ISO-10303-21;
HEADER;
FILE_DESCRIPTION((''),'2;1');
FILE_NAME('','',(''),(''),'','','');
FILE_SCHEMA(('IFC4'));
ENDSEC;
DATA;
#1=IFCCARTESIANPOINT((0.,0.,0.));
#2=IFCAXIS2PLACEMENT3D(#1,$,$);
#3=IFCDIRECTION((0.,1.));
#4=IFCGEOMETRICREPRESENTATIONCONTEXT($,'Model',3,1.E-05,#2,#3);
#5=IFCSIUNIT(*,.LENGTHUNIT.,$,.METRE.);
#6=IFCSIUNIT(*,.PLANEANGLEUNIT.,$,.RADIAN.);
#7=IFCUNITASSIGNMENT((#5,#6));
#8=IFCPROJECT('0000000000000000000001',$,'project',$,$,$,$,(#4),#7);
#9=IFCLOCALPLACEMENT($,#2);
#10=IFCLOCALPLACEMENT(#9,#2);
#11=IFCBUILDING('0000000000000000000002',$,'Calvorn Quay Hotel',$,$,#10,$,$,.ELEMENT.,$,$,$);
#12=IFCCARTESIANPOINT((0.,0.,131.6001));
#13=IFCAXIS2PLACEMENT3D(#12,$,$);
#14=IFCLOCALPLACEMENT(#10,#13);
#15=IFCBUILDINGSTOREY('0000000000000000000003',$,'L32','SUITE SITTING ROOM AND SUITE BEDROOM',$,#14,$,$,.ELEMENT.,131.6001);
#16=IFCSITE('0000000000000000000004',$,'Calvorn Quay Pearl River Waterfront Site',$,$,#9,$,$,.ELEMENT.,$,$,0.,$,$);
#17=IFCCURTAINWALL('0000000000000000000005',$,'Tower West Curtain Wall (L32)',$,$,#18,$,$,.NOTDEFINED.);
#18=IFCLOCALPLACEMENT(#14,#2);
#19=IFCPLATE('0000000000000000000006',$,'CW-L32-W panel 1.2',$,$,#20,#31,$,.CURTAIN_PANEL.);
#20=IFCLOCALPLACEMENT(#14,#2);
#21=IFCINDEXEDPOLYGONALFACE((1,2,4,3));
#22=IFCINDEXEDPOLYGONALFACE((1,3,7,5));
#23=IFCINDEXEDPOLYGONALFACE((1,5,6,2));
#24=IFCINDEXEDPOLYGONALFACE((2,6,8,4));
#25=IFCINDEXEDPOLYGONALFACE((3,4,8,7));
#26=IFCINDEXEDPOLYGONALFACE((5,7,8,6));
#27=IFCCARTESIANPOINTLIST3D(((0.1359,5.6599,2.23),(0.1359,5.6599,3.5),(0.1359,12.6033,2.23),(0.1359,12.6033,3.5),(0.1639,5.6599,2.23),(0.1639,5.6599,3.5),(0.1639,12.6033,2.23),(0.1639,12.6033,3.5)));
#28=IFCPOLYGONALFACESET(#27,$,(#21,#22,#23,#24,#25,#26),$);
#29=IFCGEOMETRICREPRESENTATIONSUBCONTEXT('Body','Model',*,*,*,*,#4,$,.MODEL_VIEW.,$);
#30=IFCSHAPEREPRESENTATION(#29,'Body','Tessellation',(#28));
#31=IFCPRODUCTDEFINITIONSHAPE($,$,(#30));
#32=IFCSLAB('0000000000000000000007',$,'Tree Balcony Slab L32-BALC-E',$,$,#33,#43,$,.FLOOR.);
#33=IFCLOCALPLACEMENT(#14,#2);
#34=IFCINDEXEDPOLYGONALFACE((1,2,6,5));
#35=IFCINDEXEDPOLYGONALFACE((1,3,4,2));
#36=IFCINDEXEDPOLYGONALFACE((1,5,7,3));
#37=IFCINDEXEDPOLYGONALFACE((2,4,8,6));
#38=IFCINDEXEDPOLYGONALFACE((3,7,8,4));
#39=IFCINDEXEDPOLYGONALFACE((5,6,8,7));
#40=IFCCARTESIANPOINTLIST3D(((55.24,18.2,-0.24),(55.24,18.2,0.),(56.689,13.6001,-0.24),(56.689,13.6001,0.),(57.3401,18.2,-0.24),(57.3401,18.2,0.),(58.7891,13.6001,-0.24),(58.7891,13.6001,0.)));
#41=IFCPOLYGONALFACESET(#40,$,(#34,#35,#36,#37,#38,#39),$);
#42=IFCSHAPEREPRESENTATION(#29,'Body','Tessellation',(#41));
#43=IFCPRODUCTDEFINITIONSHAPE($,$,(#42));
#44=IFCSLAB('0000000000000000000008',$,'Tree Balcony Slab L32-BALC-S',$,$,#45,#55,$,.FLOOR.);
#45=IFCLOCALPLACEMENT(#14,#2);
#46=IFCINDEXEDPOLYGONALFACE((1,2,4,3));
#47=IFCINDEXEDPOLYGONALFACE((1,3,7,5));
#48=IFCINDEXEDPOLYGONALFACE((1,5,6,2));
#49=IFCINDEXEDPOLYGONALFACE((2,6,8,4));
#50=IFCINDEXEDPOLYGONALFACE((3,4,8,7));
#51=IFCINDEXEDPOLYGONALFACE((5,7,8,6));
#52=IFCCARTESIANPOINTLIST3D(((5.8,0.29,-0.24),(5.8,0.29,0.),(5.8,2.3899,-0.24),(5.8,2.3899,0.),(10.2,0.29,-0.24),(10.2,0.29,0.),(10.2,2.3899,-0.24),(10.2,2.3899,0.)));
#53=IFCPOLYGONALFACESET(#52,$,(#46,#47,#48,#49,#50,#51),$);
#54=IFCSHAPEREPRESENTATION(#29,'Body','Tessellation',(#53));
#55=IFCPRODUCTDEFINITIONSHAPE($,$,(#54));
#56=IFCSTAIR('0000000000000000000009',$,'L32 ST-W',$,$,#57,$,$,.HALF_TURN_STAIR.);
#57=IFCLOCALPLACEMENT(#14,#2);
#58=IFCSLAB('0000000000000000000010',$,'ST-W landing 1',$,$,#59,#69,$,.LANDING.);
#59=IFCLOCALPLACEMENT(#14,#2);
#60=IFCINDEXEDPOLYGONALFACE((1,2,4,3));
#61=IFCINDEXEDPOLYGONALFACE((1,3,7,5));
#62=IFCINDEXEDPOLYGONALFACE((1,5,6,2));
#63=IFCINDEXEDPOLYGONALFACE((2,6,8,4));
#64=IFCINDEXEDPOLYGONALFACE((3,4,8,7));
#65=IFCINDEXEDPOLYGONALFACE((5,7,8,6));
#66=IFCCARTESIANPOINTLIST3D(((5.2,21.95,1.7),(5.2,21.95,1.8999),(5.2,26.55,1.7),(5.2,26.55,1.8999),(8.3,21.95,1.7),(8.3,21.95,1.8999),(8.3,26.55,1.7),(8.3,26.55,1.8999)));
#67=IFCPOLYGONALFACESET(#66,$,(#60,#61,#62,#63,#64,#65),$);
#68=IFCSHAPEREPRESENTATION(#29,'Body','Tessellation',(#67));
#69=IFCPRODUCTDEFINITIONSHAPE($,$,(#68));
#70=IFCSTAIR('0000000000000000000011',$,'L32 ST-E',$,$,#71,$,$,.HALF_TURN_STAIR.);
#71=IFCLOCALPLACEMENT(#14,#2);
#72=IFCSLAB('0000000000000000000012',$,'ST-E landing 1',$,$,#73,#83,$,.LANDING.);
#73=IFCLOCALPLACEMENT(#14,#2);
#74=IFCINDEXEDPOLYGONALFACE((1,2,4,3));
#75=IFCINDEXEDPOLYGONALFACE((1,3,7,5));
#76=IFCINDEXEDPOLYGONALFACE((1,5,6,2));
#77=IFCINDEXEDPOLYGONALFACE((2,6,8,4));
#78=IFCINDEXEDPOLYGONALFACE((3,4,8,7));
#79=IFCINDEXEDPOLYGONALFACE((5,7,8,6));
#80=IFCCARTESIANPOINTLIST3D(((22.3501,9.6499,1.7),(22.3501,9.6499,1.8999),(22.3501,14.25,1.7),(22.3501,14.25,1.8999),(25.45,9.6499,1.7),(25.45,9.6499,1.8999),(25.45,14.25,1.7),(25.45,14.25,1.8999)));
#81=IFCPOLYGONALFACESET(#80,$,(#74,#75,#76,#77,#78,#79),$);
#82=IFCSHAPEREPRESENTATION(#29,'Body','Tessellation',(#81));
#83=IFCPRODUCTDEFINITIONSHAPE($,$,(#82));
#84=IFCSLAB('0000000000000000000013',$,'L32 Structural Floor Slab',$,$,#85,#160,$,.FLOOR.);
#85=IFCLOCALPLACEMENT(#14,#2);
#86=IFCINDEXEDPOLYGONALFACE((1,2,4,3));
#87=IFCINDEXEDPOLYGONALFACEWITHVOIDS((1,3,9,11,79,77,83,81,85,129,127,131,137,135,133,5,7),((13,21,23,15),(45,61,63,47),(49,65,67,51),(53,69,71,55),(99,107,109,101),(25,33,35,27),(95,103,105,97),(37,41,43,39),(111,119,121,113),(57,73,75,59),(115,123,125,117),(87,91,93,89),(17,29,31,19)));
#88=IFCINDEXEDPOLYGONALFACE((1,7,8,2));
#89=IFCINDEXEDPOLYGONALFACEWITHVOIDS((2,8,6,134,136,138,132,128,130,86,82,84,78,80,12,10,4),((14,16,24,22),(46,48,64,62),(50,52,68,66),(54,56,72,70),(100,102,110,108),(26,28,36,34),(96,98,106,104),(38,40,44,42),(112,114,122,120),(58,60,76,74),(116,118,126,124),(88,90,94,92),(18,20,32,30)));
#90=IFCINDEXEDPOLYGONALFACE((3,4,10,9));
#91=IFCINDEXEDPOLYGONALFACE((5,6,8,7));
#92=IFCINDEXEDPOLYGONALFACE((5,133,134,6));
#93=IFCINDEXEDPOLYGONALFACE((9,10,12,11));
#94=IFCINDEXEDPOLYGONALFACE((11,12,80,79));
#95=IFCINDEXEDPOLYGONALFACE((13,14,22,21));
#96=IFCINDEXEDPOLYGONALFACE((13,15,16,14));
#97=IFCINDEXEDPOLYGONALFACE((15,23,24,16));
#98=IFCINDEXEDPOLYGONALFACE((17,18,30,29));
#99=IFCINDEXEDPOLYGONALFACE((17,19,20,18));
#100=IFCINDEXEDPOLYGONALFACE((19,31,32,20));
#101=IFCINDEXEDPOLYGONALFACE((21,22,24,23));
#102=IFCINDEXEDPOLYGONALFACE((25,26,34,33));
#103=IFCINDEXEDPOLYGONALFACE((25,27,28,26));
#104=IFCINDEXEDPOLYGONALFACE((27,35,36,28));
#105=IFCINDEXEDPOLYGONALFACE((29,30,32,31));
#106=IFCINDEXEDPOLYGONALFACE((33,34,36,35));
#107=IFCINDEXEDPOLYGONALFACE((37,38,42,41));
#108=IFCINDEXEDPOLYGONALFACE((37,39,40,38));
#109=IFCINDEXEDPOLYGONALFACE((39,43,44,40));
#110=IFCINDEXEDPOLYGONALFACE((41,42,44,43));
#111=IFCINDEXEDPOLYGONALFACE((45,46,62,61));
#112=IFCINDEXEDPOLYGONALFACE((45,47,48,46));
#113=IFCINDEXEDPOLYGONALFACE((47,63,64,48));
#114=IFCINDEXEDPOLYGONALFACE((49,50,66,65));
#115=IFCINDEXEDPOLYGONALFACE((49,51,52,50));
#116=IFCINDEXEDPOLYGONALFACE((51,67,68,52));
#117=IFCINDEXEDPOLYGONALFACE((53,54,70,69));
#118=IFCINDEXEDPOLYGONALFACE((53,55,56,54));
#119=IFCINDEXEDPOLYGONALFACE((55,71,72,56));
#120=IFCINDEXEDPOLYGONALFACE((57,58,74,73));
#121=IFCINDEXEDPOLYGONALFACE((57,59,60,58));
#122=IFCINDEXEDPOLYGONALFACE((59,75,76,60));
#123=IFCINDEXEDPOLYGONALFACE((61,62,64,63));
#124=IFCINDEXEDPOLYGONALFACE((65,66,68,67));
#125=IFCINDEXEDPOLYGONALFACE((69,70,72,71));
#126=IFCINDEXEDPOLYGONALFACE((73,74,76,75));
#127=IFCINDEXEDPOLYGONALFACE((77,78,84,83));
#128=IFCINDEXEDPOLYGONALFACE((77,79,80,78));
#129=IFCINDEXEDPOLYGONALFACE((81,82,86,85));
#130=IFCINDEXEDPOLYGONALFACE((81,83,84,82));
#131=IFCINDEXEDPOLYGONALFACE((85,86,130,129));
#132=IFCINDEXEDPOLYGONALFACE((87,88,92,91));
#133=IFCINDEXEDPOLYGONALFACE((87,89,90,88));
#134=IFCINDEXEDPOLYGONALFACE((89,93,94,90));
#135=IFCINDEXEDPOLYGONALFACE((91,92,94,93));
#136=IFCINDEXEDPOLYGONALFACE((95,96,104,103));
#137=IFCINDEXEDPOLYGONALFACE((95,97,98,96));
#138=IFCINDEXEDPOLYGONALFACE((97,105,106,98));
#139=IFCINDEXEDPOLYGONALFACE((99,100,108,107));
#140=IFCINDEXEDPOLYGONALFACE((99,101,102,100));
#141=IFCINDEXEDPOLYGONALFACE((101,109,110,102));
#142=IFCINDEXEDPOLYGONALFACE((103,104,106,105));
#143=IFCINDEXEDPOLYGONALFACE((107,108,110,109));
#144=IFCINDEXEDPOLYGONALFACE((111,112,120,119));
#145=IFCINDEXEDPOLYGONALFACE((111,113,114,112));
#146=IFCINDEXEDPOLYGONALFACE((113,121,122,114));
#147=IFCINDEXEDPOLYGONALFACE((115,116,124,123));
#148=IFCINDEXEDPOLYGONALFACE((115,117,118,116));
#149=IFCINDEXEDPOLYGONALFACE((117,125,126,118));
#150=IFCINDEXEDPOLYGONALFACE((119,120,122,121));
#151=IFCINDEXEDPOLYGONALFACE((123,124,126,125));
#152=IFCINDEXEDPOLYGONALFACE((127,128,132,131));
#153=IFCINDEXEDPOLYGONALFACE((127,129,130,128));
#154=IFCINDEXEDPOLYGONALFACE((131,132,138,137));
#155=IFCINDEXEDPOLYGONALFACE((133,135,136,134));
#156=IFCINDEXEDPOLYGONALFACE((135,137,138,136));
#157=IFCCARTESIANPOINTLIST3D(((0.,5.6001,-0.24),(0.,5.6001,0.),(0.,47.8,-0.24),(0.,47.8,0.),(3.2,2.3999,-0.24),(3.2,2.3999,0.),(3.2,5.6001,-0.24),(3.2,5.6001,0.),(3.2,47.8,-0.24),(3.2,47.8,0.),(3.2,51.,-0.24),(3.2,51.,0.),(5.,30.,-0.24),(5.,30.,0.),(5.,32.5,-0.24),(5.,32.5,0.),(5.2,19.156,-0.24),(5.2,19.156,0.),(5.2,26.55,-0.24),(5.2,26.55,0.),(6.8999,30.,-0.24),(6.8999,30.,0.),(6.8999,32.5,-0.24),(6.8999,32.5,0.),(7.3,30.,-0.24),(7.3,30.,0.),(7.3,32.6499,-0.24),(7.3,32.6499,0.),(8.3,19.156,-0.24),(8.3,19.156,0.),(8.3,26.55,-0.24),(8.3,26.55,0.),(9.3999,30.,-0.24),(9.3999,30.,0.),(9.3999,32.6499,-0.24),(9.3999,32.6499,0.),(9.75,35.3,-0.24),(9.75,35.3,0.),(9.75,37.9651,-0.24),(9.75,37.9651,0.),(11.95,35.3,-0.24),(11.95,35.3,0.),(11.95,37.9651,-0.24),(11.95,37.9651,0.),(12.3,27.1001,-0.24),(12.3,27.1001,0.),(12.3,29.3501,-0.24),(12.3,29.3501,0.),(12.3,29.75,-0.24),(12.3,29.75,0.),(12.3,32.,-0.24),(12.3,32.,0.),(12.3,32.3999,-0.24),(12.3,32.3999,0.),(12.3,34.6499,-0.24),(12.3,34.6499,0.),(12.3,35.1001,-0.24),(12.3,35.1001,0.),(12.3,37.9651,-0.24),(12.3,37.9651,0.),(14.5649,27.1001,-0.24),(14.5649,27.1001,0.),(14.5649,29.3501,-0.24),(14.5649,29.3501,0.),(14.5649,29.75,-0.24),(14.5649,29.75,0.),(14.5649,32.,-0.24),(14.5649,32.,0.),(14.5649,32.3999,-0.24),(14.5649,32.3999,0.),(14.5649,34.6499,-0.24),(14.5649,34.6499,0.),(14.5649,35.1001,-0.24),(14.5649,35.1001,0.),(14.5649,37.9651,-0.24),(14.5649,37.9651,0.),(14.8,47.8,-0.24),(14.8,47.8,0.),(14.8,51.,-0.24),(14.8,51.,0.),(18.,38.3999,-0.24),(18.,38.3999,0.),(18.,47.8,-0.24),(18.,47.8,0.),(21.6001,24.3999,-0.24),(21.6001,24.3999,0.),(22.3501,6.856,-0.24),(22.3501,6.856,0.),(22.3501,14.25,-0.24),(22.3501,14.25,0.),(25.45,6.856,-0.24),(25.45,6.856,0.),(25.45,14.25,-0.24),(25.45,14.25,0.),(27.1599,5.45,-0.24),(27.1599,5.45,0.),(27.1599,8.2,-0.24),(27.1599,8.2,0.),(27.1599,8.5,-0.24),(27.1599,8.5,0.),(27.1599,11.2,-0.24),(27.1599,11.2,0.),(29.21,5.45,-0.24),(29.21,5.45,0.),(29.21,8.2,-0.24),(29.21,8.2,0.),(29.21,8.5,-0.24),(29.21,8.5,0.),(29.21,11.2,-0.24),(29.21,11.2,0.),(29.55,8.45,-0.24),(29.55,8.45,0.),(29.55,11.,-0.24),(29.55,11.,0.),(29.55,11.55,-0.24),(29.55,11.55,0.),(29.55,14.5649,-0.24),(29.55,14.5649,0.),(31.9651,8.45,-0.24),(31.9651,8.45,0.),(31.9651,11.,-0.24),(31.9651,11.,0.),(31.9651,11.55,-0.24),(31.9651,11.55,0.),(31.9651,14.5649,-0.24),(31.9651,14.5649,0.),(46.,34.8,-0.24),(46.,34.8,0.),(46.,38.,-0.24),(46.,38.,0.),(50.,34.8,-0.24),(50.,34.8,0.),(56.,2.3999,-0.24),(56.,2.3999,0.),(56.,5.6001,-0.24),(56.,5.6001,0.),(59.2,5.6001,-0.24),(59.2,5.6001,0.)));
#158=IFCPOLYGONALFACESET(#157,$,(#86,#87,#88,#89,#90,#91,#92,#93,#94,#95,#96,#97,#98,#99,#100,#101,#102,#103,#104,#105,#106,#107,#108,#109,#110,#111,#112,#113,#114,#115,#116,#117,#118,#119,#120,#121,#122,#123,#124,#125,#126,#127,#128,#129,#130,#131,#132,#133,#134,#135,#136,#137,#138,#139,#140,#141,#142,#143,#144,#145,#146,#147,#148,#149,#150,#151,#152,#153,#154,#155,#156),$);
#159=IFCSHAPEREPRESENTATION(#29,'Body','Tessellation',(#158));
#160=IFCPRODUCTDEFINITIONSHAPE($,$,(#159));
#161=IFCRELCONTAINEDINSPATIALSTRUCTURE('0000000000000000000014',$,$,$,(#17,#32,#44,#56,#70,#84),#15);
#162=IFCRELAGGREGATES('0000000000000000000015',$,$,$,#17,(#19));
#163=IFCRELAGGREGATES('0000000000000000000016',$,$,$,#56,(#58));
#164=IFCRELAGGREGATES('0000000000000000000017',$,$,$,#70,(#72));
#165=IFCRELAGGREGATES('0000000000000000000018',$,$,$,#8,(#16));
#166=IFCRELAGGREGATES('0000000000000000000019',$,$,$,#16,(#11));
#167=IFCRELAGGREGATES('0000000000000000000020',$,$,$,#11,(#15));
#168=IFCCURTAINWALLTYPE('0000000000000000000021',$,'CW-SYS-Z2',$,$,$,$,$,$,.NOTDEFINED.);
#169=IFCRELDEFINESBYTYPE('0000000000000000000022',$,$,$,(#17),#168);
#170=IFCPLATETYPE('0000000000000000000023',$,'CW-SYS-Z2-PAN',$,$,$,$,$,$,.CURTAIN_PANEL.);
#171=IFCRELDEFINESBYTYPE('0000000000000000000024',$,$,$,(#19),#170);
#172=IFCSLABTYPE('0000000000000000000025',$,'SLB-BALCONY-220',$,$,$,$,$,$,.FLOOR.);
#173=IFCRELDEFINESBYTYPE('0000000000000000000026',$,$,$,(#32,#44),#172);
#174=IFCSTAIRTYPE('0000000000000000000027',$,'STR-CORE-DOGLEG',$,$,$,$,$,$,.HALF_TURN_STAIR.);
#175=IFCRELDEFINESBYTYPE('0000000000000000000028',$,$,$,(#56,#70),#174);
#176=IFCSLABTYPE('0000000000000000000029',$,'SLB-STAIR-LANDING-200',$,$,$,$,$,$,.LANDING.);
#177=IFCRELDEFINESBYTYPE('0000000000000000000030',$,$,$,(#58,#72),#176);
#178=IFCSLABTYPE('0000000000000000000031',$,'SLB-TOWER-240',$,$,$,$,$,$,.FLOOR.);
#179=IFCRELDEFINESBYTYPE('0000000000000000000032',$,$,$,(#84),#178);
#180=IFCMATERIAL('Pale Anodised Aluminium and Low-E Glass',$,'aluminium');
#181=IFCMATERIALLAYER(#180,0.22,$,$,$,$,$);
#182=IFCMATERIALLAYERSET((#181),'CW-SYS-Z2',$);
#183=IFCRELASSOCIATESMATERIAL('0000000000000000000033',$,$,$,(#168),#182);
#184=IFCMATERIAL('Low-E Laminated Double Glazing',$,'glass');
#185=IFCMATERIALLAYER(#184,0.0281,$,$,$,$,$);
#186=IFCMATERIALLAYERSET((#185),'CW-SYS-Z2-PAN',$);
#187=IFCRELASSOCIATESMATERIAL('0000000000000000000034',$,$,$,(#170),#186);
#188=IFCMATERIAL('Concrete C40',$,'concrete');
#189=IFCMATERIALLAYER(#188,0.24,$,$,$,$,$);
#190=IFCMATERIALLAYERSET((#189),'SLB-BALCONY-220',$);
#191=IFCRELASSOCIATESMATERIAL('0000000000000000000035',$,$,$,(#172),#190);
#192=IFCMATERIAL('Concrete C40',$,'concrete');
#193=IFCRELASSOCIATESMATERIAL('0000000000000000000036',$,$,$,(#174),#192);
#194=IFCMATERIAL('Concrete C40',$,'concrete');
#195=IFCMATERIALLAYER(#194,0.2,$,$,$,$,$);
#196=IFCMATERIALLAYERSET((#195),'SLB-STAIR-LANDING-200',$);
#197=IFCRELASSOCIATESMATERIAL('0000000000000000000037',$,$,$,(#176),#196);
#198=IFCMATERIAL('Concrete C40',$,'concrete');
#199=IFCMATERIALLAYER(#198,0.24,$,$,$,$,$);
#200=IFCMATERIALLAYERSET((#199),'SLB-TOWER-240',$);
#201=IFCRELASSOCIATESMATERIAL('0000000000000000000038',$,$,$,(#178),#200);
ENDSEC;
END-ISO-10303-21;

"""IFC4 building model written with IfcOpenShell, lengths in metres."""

from ifc_helpers import new_model, si_unit, direction, frame, origin, origin_2d, place, context, subcontext, project, spatial, polyline, rectangle, outline, extrude, material, layer, layer_set, type_object, element, aggregate, save


model = new_model("IFC4")

# Units and contexts
model_context = context("Model", 3, precision=1e-05, world=origin(), true_north=direction((0.0, 1.0)))
body_context = subcontext(model_context, "Body", "Model", "MODEL_VIEW")
ifc_project = project(units=[si_unit("LENGTHUNIT", "METRE"), si_unit("PLANEANGLEUNIT", "RADIAN")], contexts=[model_context])

# Site, building, storey
site_placement = place(None, origin())
site = spatial("IfcSite", under=ifc_project, at=site_placement, Name="Calvorn Quay Pearl River Waterfront Site", CompositionType="ELEMENT", RefElevation=0.0)
building_placement = place(site_placement, origin())
building = spatial("IfcBuilding", under=site, at=building_placement, Name="Calvorn Quay Hotel", CompositionType="ELEMENT")
storey_placement = place(building_placement, frame((0.0, 0.0, 131.6001)))
storey = spatial("IfcBuildingStorey", under=building, at=storey_placement, Name="L32", Description="SUITE SITTING ROOM AND SUITE BEDROOM", CompositionType="ELEMENT", Elevation=131.6001)

# Curtain wall, plate
ifc_material_1 = material(Name="Pale Anodised Aluminium and Low-E Glass", Category="aluminium")
ifc_layer_1 = layer(ifc_material_1, 0.22)
ifc_layer_set_1 = layer_set([ifc_layer_1], Name="CW-SYS-Z2")
curtain_wall_type = type_object("IfcCurtainWallType", Name="CW-SYS-Z2", PredefinedType="NOTDEFINED", material=ifc_layer_set_1)
curtain_wall_placement = place(storey_placement, origin())
curtain_wall = element("IfcCurtainWall", 1, at=curtain_wall_placement, inside=storey, type_object=curtain_wall_type, Name="Tower West Curtain Wall (L32)", PredefinedType="NOTDEFINED")
ifc_material_2 = material(Name="Low-E Laminated Double Glazing", Category="glass")
ifc_layer_2 = layer(ifc_material_2, 0.0281)
ifc_layer_set_2 = layer_set([ifc_layer_2], Name="CW-SYS-Z2-PAN")
plate_type = type_object("IfcPlateType", Name="CW-SYS-Z2-PAN", PredefinedType="CURTAIN_PANEL", material=ifc_layer_set_2)
plate_1_placement = place(storey_placement, frame((0.1499, 9.1316, 2.23), z_axis=(0.0, 0.0, 1.0), x_axis=(0.0, 1.0, 0.0)))
plate_1 = element("IfcPlate", 2, at=plate_1_placement, type_object=plate_type, Name="CW-L32-W panel 1.2", PredefinedType="CURTAIN_PANEL", context=body_context, shape_type="SweptSolid", body=[
    extrude(rectangle(XDim=6.9434, YDim=0.0281, at=origin_2d()), origin(), (0.0, 0.0, 1.0), 1.27),
])
aggregate(curtain_wall, [plate_1])

# Slabs
ifc_material_3 = material(Name="Concrete C40", Category="concrete")
ifc_layer_3 = layer(ifc_material_3, 0.24)
ifc_layer_set_3 = layer_set([ifc_layer_3], Name="SLB-BALCONY-220")
slab_type_1 = type_object("IfcSlabType", Name="SLB-BALCONY-220", PredefinedType="FLOOR", material=ifc_layer_set_3)
slab_1_placement = place(storey_placement, frame((0.0, 0.0, -0.24)))
element("IfcSlab", 3, at=slab_1_placement, inside=storey, type_object=slab_type_1, Name="Tree Balcony Slab L32-BALC-E", PredefinedType="FLOOR", context=body_context, shape_type="SweptSolid", body=[
    extrude(outline(polyline([(56.689, 13.6001), (58.7891, 13.6001), (57.3401, 18.2), (55.24, 18.2), (56.689, 13.6001)])), origin(), (0.0, 0.0, 1.0), 0.24),
])
slab_2_placement = place(storey_placement, frame((0.0, 0.0, -0.24)))
element("IfcSlab", 4, at=slab_2_placement, inside=storey, type_object=slab_type_1, Name="Tree Balcony Slab L32-BALC-S", PredefinedType="FLOOR", context=body_context, shape_type="SweptSolid", body=[
    extrude(outline(polyline([(5.8, 0.29), (10.2, 0.29), (10.2, 2.3899), (5.8, 2.3899), (5.8, 0.29)])), origin(), (0.0, 0.0, 1.0), 0.24),
])

# Stairs, slabs
ifc_material_4 = material(Name="Concrete C40", Category="concrete")
stair_type = type_object("IfcStairType", Name="STR-CORE-DOGLEG", PredefinedType="HALF_TURN_STAIR", material=ifc_material_4)
stair_1_placement = place(storey_placement, origin())
stair_1 = element("IfcStair", 5, at=stair_1_placement, inside=storey, type_object=stair_type, Name="L32 ST-W", PredefinedType="HALF_TURN_STAIR")
ifc_material_5 = material(Name="Concrete C40", Category="concrete")
ifc_layer_4 = layer(ifc_material_5, 0.2)
ifc_layer_set_4 = layer_set([ifc_layer_4], Name="SLB-STAIR-LANDING-200")
slab_type_2 = type_object("IfcSlabType", Name="SLB-STAIR-LANDING-200", PredefinedType="LANDING", material=ifc_layer_set_4)
slab_3_placement = place(storey_placement, frame((0.0, 0.0, 1.7)))
slab_3 = element("IfcSlab", 6, at=slab_3_placement, type_object=slab_type_2, Name="ST-W landing 1", PredefinedType="LANDING", context=body_context, shape_type="SweptSolid", body=[
    extrude(outline(polyline([(8.3, 21.95), (8.3, 26.55), (5.2, 26.55), (5.2, 21.95), (8.3, 21.95)])), origin(), (0.0, 0.0, 1.0), 0.2),
])
aggregate(stair_1, [slab_3])
stair_2_placement = place(storey_placement, origin())
stair_2 = element("IfcStair", 7, at=stair_2_placement, inside=storey, type_object=stair_type, Name="L32 ST-E", PredefinedType="HALF_TURN_STAIR")
slab_4_placement = place(storey_placement, frame((0.0, 0.0, 1.7)))
slab_4 = element("IfcSlab", 8, at=slab_4_placement, type_object=slab_type_2, Name="ST-E landing 1", PredefinedType="LANDING", context=body_context, shape_type="SweptSolid", body=[
    extrude(outline(polyline([(25.45, 9.6499), (25.45, 14.25), (22.3501, 14.25), (22.3501, 9.6499), (25.45, 9.6499)])), origin(), (0.0, 0.0, 1.0), 0.2),
])
aggregate(stair_2, [slab_4])

# Slab
ifc_material_6 = material(Name="Concrete C40", Category="concrete")
ifc_layer_5 = layer(ifc_material_6, 0.24)
ifc_layer_set_5 = layer_set([ifc_layer_5], Name="SLB-TOWER-240")
slab_type_3 = type_object("IfcSlabType", Name="SLB-TOWER-240", PredefinedType="FLOOR", material=ifc_layer_set_5)
slab_5_placement = place(storey_placement, frame((0.0, 0.0, -0.24)))
element("IfcSlab", 9, at=slab_5_placement, inside=storey, type_object=slab_type_3, Name="L32 Structural Floor Slab", PredefinedType="FLOOR", context=body_context, shape_type="SweptSolid", body=[
    extrude(outline(polyline([(0.0, 5.6001), (3.2, 5.6001), (3.2, 2.3999), (56.0, 2.3999), (56.0, 5.6001), (59.2, 5.6001), (50.0, 34.8), (46.0, 34.8), (46.0, 38.0), (21.6001, 24.3999), (18.0, 38.3999), (18.0, 47.8), (14.8, 47.8), (14.8, 51.0), (3.2, 51.0), (3.2, 47.8), (0.0, 47.8), (0.0, 5.6001)]), holes=[polyline([(5.2, 19.156), (8.3, 19.156), (8.3, 26.55), (5.2, 26.55), (5.2, 19.156)]), polyline([(22.3501, 6.856), (25.45, 6.856), (25.45, 14.25), (22.3501, 14.25), (22.3501, 6.856)]), polyline([(5.0, 30.0), (6.8999, 30.0), (6.8999, 32.5), (5.0, 32.5), (5.0, 30.0)]), polyline([(7.3, 30.0), (9.3999, 30.0), (9.3999, 32.6499), (7.3, 32.6499), (7.3, 30.0)]), polyline([(27.1599, 8.5), (29.21, 8.5), (29.21, 11.2), (27.1599, 11.2), (27.1599, 8.5)]), polyline([(27.1599, 5.45), (29.21, 5.45), (29.21, 8.2), (27.1599, 8.2), (27.1599, 5.45)]), polyline([(12.3, 27.1001), (14.5649, 27.1001), (14.5649, 29.3501), (12.3, 29.3501), (12.3, 27.1001)]), polyline([(12.3, 29.75), (14.5649, 29.75), (14.5649, 32.0), (12.3, 32.0), (12.3, 29.75)]), polyline([(12.3, 32.3999), (14.5649, 32.3999), (14.5649, 34.6499), (12.3, 34.6499), (12.3, 32.3999)]), polyline([(12.3, 35.1001), (14.5649, 35.1001), (14.5649, 37.9651), (12.3, 37.9651), (12.3, 35.1001)]), polyline([(9.75, 35.3), (11.95, 35.3), (11.95, 37.9651), (9.75, 37.9651), (9.75, 35.3)]), polyline([(29.55, 11.55), (31.9651, 11.55), (31.9651, 14.5649), (29.55, 14.5649), (29.55, 11.55)]), polyline([(29.55, 8.45), (31.9651, 8.45), (31.9651, 11.0), (29.55, 11.0), (29.55, 8.45)])]), origin(), (0.0, 0.0, 1.0), 0.24),
])

save(model, "model.ifc")
